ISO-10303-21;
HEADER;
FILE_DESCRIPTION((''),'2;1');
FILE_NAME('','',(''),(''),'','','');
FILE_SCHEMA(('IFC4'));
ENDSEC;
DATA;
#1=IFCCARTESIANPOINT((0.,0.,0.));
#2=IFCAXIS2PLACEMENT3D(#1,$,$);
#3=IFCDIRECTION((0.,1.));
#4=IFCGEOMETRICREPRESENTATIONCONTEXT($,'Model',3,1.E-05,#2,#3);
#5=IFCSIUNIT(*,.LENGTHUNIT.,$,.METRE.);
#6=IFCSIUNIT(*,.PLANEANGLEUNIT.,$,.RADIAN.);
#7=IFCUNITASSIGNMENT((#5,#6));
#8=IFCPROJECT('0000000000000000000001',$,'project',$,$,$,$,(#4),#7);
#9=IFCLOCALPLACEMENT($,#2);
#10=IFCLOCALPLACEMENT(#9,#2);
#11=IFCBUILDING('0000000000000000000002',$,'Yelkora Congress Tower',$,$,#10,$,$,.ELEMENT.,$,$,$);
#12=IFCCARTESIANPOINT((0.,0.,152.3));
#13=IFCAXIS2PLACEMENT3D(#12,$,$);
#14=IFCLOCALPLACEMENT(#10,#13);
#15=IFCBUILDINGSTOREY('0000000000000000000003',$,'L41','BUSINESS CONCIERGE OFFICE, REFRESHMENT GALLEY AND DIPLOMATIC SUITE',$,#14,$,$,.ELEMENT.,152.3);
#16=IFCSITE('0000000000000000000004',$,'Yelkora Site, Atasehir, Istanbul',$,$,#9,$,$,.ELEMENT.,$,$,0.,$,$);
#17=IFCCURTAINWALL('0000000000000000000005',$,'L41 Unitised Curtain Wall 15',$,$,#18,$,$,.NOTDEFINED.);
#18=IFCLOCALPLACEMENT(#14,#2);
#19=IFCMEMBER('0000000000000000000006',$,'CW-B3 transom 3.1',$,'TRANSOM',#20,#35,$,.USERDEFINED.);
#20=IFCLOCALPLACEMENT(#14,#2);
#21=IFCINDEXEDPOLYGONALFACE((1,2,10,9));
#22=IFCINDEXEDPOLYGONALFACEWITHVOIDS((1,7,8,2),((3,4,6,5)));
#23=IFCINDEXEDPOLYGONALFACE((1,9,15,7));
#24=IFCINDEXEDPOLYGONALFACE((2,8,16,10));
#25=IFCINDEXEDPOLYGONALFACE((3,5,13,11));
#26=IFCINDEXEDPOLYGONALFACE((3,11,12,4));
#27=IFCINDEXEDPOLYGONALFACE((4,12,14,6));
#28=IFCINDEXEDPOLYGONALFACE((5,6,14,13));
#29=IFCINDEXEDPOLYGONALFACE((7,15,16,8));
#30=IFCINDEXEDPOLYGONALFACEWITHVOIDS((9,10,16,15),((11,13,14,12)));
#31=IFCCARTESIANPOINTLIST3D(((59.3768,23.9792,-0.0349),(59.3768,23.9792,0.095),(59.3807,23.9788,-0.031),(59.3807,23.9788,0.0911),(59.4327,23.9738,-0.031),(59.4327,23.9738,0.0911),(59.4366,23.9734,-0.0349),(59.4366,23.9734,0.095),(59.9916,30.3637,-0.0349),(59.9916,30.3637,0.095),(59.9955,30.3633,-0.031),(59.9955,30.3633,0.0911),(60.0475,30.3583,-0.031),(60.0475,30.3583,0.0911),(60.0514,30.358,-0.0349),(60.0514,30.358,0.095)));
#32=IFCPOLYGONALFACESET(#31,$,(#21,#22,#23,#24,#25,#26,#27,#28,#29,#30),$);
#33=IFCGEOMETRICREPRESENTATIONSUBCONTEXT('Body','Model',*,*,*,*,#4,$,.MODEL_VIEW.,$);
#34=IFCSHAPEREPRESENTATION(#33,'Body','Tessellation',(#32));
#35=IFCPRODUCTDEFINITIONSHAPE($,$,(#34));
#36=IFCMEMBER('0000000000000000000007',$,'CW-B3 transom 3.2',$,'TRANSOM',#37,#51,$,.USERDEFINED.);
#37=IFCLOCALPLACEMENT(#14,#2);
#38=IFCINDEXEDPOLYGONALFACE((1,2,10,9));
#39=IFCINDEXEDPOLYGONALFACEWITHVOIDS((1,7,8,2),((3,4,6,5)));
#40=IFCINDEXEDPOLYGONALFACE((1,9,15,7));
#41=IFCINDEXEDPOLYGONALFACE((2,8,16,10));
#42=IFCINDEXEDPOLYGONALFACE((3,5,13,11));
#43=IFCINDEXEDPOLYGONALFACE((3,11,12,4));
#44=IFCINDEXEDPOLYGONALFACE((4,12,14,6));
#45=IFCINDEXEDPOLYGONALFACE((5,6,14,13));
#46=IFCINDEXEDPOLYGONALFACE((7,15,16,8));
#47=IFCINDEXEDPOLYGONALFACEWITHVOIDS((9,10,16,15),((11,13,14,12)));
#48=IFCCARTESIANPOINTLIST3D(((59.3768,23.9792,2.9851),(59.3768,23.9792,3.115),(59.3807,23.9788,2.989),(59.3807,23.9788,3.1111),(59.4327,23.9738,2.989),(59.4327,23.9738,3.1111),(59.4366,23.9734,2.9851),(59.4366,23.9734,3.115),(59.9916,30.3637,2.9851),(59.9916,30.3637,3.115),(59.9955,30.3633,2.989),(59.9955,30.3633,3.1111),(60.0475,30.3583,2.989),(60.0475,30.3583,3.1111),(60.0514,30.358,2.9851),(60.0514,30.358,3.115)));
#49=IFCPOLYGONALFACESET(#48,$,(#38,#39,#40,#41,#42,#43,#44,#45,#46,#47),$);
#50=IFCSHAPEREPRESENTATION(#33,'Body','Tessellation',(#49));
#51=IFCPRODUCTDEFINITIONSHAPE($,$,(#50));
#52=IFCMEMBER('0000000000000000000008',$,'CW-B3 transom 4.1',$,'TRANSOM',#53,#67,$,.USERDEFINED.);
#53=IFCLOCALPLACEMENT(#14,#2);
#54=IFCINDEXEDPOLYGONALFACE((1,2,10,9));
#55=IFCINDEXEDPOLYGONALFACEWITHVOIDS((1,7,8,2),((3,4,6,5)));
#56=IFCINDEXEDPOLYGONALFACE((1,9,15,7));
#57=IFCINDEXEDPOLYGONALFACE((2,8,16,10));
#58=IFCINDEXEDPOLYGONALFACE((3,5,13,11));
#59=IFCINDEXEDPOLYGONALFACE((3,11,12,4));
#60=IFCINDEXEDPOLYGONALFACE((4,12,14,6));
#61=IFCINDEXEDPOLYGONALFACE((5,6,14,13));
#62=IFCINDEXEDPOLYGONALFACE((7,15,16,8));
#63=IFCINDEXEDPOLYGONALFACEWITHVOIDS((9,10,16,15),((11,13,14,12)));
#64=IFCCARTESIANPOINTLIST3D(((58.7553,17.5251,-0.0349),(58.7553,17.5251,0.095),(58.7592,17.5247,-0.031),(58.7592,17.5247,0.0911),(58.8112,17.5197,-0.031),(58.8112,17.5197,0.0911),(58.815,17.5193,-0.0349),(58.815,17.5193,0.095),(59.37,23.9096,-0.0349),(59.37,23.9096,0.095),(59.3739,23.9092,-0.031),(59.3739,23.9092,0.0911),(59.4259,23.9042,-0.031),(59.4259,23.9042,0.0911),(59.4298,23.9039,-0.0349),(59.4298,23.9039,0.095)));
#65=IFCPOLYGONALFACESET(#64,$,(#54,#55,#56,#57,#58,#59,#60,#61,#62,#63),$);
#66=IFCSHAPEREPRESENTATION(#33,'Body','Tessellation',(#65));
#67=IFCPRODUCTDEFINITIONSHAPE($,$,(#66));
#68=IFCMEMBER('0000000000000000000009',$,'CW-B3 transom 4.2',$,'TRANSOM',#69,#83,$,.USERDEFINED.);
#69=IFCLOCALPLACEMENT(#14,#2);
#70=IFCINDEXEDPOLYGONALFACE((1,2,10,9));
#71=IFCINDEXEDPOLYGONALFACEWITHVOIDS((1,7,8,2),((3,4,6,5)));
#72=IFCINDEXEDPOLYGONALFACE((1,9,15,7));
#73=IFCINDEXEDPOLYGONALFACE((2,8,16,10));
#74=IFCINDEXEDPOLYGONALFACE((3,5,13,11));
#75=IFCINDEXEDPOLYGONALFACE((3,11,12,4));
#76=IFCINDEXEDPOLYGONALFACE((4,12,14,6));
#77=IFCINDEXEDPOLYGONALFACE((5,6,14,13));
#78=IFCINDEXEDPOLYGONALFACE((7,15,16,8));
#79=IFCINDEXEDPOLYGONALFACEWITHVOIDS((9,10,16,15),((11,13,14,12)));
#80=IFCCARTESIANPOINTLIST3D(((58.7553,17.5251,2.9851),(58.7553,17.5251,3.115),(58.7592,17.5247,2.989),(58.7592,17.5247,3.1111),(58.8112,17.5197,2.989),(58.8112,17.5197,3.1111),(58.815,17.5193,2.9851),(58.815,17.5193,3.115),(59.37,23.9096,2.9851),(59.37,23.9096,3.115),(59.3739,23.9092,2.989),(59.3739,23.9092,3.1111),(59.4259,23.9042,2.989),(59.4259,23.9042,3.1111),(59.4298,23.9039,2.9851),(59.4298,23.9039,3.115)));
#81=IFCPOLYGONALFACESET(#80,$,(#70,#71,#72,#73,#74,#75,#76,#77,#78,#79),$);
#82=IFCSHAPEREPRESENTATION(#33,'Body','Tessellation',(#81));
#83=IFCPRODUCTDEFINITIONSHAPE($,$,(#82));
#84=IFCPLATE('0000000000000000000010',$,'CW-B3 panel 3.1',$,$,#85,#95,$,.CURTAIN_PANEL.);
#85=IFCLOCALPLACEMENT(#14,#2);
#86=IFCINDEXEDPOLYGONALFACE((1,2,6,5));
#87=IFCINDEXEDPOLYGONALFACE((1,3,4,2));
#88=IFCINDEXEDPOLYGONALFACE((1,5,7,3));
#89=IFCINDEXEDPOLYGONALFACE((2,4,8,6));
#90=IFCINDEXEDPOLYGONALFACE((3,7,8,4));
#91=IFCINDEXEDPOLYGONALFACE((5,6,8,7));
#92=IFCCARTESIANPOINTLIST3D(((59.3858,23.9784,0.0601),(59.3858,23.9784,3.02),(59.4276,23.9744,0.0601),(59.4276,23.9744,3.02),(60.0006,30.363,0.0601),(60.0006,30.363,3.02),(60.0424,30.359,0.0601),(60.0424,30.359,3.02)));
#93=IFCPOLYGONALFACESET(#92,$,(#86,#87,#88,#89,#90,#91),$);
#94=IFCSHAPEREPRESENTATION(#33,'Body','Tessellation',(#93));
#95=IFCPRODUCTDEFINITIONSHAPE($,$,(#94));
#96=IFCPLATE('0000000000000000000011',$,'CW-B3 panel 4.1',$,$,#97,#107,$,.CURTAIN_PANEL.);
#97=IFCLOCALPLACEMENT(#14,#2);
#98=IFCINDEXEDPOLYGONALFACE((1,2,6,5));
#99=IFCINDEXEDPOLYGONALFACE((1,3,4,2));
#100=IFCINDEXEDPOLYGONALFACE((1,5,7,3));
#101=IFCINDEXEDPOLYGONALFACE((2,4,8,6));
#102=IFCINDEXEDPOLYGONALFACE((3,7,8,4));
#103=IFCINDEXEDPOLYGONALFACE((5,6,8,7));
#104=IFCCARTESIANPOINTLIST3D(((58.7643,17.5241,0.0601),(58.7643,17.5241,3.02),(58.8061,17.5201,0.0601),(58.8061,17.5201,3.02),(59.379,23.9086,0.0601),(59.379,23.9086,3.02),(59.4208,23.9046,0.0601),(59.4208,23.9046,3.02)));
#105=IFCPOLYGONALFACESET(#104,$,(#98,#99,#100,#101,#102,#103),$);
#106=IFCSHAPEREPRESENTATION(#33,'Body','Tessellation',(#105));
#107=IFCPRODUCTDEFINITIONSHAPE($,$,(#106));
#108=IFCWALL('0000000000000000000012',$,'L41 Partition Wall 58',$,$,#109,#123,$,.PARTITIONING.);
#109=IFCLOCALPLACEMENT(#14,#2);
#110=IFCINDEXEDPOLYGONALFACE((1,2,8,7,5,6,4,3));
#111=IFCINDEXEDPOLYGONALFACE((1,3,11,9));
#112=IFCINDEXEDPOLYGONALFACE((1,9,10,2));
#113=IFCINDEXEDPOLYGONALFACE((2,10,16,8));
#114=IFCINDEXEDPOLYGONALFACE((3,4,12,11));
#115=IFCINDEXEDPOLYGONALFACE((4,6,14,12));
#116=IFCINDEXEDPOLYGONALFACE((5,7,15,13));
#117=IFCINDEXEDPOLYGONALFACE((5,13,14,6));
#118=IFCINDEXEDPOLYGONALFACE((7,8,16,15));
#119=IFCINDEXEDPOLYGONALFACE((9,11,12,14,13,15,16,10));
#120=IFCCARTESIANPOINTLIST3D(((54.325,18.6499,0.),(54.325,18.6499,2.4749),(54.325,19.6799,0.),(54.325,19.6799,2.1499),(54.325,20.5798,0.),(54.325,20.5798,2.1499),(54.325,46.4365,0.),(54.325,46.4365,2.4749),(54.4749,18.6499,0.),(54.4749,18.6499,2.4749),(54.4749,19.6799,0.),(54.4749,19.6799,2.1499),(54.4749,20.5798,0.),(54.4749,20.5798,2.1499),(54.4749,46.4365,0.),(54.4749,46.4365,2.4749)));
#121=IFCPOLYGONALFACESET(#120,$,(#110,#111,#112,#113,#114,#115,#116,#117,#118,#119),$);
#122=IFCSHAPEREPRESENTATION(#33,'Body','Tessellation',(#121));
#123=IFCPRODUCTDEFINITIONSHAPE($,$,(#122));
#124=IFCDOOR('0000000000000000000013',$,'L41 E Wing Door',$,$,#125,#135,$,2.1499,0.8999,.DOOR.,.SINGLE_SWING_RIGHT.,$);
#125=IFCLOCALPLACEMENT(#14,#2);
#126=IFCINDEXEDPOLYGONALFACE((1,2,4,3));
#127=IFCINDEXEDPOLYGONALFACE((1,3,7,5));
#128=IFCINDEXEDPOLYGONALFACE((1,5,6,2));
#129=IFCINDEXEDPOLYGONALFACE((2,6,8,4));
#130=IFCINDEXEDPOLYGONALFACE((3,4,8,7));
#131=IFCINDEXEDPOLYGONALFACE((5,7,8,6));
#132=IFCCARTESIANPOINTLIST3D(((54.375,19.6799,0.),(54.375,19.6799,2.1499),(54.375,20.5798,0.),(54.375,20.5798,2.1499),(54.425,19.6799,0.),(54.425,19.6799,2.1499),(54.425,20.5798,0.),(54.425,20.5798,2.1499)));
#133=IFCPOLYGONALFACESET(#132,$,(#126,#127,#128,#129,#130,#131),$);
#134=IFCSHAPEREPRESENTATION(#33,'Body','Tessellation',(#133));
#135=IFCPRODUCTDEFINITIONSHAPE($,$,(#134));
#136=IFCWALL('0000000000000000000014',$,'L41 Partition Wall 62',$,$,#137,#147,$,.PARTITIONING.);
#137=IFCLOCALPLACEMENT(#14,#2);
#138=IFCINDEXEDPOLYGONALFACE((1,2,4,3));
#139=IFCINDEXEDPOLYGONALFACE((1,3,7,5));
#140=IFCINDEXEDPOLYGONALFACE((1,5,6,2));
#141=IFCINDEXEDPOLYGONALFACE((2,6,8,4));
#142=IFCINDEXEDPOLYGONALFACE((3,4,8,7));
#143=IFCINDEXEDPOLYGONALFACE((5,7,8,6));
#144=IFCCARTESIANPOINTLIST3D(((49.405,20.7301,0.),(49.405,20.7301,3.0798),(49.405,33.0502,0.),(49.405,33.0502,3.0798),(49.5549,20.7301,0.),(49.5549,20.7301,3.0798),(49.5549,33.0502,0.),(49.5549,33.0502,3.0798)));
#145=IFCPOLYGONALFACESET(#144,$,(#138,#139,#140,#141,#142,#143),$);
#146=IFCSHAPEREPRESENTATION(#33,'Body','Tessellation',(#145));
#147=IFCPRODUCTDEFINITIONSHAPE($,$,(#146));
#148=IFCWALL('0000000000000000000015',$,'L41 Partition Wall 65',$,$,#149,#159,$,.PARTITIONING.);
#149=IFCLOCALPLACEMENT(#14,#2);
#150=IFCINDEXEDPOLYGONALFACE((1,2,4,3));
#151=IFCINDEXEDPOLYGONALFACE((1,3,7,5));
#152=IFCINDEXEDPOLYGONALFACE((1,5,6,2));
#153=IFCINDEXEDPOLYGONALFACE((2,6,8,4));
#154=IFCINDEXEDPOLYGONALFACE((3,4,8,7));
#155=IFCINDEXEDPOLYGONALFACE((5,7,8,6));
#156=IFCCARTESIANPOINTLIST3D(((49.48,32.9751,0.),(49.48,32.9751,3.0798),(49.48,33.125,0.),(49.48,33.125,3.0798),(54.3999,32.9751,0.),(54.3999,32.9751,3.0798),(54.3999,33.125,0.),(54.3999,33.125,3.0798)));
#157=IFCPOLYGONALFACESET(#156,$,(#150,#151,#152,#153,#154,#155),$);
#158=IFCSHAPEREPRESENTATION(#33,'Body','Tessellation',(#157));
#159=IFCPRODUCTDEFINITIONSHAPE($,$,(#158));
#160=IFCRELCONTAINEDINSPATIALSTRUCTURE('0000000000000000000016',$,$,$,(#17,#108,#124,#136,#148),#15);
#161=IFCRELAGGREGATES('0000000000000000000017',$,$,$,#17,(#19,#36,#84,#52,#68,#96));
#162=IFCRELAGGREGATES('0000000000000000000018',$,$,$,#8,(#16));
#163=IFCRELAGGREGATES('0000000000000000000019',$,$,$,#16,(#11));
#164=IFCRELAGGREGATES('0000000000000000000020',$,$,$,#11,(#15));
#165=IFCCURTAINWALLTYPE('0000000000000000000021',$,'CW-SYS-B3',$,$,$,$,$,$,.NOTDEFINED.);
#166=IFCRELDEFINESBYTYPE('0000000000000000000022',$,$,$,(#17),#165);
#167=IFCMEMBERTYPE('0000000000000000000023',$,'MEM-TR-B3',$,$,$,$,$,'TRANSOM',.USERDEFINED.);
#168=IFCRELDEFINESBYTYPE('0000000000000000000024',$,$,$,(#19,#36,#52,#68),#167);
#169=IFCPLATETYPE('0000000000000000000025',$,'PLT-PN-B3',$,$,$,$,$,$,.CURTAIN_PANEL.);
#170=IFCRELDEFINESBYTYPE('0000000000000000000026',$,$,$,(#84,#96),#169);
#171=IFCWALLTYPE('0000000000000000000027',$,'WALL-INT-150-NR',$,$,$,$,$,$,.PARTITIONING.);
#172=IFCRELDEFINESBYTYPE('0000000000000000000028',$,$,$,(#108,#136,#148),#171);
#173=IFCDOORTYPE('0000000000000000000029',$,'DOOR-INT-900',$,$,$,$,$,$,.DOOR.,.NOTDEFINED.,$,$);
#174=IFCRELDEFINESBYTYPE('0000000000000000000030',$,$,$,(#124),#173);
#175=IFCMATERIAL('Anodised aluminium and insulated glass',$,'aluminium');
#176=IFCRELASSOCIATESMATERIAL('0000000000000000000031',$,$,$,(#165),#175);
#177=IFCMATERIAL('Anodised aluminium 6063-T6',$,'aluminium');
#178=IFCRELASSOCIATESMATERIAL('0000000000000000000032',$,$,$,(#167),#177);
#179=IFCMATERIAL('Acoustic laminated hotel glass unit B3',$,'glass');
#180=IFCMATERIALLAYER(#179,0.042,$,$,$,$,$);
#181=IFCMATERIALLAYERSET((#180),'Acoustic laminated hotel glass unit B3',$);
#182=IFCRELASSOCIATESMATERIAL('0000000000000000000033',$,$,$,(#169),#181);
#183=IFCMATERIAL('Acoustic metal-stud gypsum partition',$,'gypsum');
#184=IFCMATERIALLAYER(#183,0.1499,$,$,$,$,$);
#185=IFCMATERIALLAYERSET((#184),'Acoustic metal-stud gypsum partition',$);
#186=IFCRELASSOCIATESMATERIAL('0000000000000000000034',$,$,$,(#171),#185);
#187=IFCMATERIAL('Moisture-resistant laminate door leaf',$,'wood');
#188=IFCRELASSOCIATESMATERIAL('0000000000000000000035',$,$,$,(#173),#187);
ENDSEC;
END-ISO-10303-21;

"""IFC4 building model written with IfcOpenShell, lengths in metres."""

from ifc_helpers import new_model, si_unit, direction, frame, frame_2d, origin, origin_2d, place, context, subcontext, project, spatial, rectangle, hollow_rectangle, extrude, material, layer, layer_set, material_profile, profile_set, type_object, element, fill, aggregate, save


model = new_model("IFC4")

# Units and contexts
model_context = context("Model", 3, precision=1e-05, world=origin(), true_north=direction((0.0, 1.0)))
body_context = subcontext(model_context, "Body", "Model", "MODEL_VIEW")
ifc_project = project(units=[si_unit("LENGTHUNIT", "METRE"), si_unit("PLANEANGLEUNIT", "RADIAN")], contexts=[model_context])

# Site, building, storey
site_placement = place(None, origin())
site = spatial("IfcSite", under=ifc_project, at=site_placement, Name="Yelkora Site, Atasehir, Istanbul", CompositionType="ELEMENT", RefElevation=0.0)
building_placement = place(site_placement, origin())
building = spatial("IfcBuilding", under=site, at=building_placement, Name="Yelkora Congress Tower", CompositionType="ELEMENT")
storey_placement = place(building_placement, frame((0.0, 0.0, 152.3)))
storey = spatial("IfcBuildingStorey", under=building, at=storey_placement, Name="L41", Description="BUSINESS CONCIERGE OFFICE, REFRESHMENT GALLEY AND DIPLOMATIC SUITE", CompositionType="ELEMENT", Elevation=152.3)

# Curtain wall, members, plates
ifc_material_1 = material(Name="Anodised aluminium and insulated glass", Category="aluminium")
curtain_wall_type = type_object("IfcCurtainWallType", Name="CW-SYS-B3", PredefinedType="NOTDEFINED", material=ifc_material_1)
curtain_wall_placement = place(storey_placement, origin())
curtain_wall = element("IfcCurtainWall", 1, at=curtain_wall_placement, inside=storey, type_object=curtain_wall_type, Name="L41 Unitised Curtain Wall 15", PredefinedType="NOTDEFINED")
ifc_material_2 = material(Name="Anodised aluminium 6063-T6", Category="aluminium")
ifc_material_profile_1 = material_profile(ifc_material_2, hollow_rectangle(XDim=0.0601, YDim=0.1299, WallThickness=0.0039, at=origin_2d()), Name="ALU 60x130x4")
ifc_profile_set_1 = profile_set([ifc_material_profile_1], Name="Anodised aluminium 6063-T6")
member_type_1 = type_object("IfcMemberType", Name="MEM-TR-B3", ElementType="TRANSOM", PredefinedType="USERDEFINED", material=ifc_profile_set_1)
member_1_placement = place(storey_placement, frame((60.0215, 30.3608, 0.03), z_axis=(-0.095844, -0.995396, 0.0), x_axis=(0.995396, -0.095844, 0.0)))
member_1 = element("IfcMember", 2, at=member_1_placement, type_object=member_type_1, Name="CW-B3 transom 3.1", ObjectType="TRANSOM", PredefinedType="USERDEFINED", context=body_context, shape_type="SweptSolid", body=[
    extrude(hollow_rectangle(XDim=0.0601, YDim=0.1299, WallThickness=0.0039, at=origin_2d()), origin(), (0.0, 0.0, 1.0), 6.4141),
])
member_2_placement = place(storey_placement, frame((60.0215, 30.3608, 3.05), z_axis=(-0.095844, -0.995396, 0.0), x_axis=(0.995396, -0.095844, 0.0)))
member_2 = element("IfcMember", 3, at=member_2_placement, type_object=member_type_1, Name="CW-B3 transom 3.2", ObjectType="TRANSOM", PredefinedType="USERDEFINED", context=body_context, shape_type="SweptSolid", body=[
    extrude(hollow_rectangle(XDim=0.0601, YDim=0.1299, WallThickness=0.0039, at=origin_2d()), origin(), (0.0, 0.0, 1.0), 6.4141),
])
member_3_placement = place(storey_placement, frame((59.3999, 23.9067, 0.03), z_axis=(-0.095844, -0.995396, 0.0), x_axis=(0.995396, -0.095844, 0.0)))
member_3 = element("IfcMember", 4, at=member_3_placement, type_object=member_type_1, Name="CW-B3 transom 4.1", ObjectType="TRANSOM", PredefinedType="USERDEFINED", context=body_context, shape_type="SweptSolid", body=[
    extrude(hollow_rectangle(XDim=0.0601, YDim=0.1299, WallThickness=0.0039, at=origin_2d()), origin(), (0.0, 0.0, 1.0), 6.4141),
])
member_4_placement = place(storey_placement, frame((59.3999, 23.9067, 3.05), z_axis=(-0.095844, -0.995396, 0.0), x_axis=(0.995396, -0.095844, 0.0)))
member_4 = element("IfcMember", 5, at=member_4_placement, type_object=member_type_1, Name="CW-B3 transom 4.2", ObjectType="TRANSOM", PredefinedType="USERDEFINED", context=body_context, shape_type="SweptSolid", body=[
    extrude(hollow_rectangle(XDim=0.0601, YDim=0.1299, WallThickness=0.0039, at=origin_2d()), origin(), (0.0, 0.0, 1.0), 6.4141),
])
ifc_material_3 = material(Name="Acoustic laminated hotel glass unit B3", Category="glass")
ifc_layer_1 = layer(ifc_material_3, 0.042)
ifc_layer_set_1 = layer_set([ifc_layer_1], Name="Acoustic laminated hotel glass unit B3")
plate_type = type_object("IfcPlateType", Name="PLT-PN-B3", PredefinedType="CURTAIN_PANEL", material=ifc_layer_set_1)
plate_1_placement = place(storey_placement, frame((59.7141, 27.1687, 0.0601), z_axis=(0.0, 0.0, 1.0), x_axis=(-0.095842, -0.995397, 0.0)))
plate_1 = element("IfcPlate", 6, at=plate_1_placement, type_object=plate_type, Name="CW-B3 panel 3.1", PredefinedType="CURTAIN_PANEL", context=body_context, shape_type="SweptSolid", body=[
    extrude(rectangle(XDim=6.4141, YDim=0.042, at=origin_2d()), origin(), (0.0, 0.0, 1.0), 2.96),
])
plate_2_placement = place(storey_placement, frame((59.0925, 20.7144, 0.0601), z_axis=(0.0, 0.0, 1.0), x_axis=(-0.095842, -0.995397, 0.0)))
plate_2 = element("IfcPlate", 7, at=plate_2_placement, type_object=plate_type, Name="CW-B3 panel 4.1", PredefinedType="CURTAIN_PANEL", context=body_context, shape_type="SweptSolid", body=[
    extrude(rectangle(XDim=6.4141, YDim=0.042, at=origin_2d()), origin(), (0.0, 0.0, 1.0), 2.96),
])
aggregate(curtain_wall, [member_1, member_2, plate_1, member_3, member_4, plate_2])

# Wall, opening, door
ifc_material_4 = material(Name="Acoustic metal-stud gypsum partition", Category="gypsum")
ifc_layer_2 = layer(ifc_material_4, 0.1499)
ifc_layer_set_2 = layer_set([ifc_layer_2], Name="Acoustic metal-stud gypsum partition")
wall_type = type_object("IfcWallType", Name="WALL-INT-150-NR", PredefinedType="PARTITIONING", material=ifc_layer_set_2)
wall_1_placement = place(storey_placement, frame((54.3999, 18.6499, 0.0), z_axis=(0.0, 0.0, 1.0), x_axis=(0.0, 1.0, 0.0)))
wall_1 = element("IfcWall", 8, at=wall_1_placement, inside=storey, type_object=wall_type, Name="L41 Partition Wall 58", PredefinedType="PARTITIONING", context=body_context, shape_type="SweptSolid", body=[
    extrude(rectangle(XDim=27.7866, YDim=0.1499, at=frame_2d((13.8933, 0.0))), origin(), (0.0, 0.0, 1.0), 2.4749),
])
opening_1_placement = place(wall_1_placement, frame((1.03, 0.0, 0.0)))
opening_1 = element("IfcOpeningElement", 9, at=opening_1_placement, cuts=wall_1, PredefinedType="OPENING", context=body_context, shape_type="SweptSolid", body=[
    extrude(rectangle(XDim=0.8999, YDim=2.1499, at=frame_2d((0.45, 1.075))), frame((0.0, 0.085, 0.0), z_axis=(0.0, -1.0, 0.0), x_axis=(1.0, 0.0, 0.0)), (0.0, 0.0, 1.0), 0.1699),
])
ifc_material_5 = material(Name="Moisture-resistant laminate door leaf", Category="wood")
door_type = type_object("IfcDoorType", Name="DOOR-INT-900", OperationType="NOTDEFINED", PredefinedType="DOOR", material=ifc_material_5)
door_1_placement = place(opening_1_placement, origin())
door_1 = element("IfcDoor", 10, at=door_1_placement, inside=storey, type_object=door_type, Name="L41 E Wing Door", OperationType="SINGLE_SWING_RIGHT", OverallHeight=2.1499, OverallWidth=0.8999, PredefinedType="DOOR", context=body_context, shape_type="SweptSolid", body=[
    extrude(rectangle(XDim=0.8999, YDim=2.1499, at=frame_2d((0.45, 1.075))), frame((0.0, 0.0249, 0.0), z_axis=(0.0, -1.0, 0.0), x_axis=(1.0, 0.0, 0.0)), (0.0, 0.0, 1.0), 0.05),
])
fill(opening_1, door_1)

# Walls
wall_2_placement = place(storey_placement, frame((49.48, 20.73, 0.0), z_axis=(0.0, 0.0, 1.0), x_axis=(0.0, 1.0, 0.0)))
element("IfcWall", 11, at=wall_2_placement, inside=storey, type_object=wall_type, Name="L41 Partition Wall 62", PredefinedType="PARTITIONING", context=body_context, shape_type="SweptSolid", body=[
    extrude(rectangle(XDim=12.3201, YDim=0.1499, at=frame_2d((6.1602, 0.0))), origin(), (0.0, 0.0, 1.0), 3.0798),
])
wall_3_placement = place(storey_placement, frame((49.48, 33.05, 0.0), z_axis=(0.0, 0.0, 1.0), x_axis=(1.0, 0.0, 0.0)))
element("IfcWall", 12, at=wall_3_placement, inside=storey, type_object=wall_type, Name="L41 Partition Wall 65", PredefinedType="PARTITIONING", context=body_context, shape_type="SweptSolid", body=[
    extrude(rectangle(XDim=4.9199, YDim=0.1499, at=frame_2d((2.46, 0.0))), origin(), (0.0, 0.0, 1.0), 3.0798),
])

save(model, "model.ifc")
